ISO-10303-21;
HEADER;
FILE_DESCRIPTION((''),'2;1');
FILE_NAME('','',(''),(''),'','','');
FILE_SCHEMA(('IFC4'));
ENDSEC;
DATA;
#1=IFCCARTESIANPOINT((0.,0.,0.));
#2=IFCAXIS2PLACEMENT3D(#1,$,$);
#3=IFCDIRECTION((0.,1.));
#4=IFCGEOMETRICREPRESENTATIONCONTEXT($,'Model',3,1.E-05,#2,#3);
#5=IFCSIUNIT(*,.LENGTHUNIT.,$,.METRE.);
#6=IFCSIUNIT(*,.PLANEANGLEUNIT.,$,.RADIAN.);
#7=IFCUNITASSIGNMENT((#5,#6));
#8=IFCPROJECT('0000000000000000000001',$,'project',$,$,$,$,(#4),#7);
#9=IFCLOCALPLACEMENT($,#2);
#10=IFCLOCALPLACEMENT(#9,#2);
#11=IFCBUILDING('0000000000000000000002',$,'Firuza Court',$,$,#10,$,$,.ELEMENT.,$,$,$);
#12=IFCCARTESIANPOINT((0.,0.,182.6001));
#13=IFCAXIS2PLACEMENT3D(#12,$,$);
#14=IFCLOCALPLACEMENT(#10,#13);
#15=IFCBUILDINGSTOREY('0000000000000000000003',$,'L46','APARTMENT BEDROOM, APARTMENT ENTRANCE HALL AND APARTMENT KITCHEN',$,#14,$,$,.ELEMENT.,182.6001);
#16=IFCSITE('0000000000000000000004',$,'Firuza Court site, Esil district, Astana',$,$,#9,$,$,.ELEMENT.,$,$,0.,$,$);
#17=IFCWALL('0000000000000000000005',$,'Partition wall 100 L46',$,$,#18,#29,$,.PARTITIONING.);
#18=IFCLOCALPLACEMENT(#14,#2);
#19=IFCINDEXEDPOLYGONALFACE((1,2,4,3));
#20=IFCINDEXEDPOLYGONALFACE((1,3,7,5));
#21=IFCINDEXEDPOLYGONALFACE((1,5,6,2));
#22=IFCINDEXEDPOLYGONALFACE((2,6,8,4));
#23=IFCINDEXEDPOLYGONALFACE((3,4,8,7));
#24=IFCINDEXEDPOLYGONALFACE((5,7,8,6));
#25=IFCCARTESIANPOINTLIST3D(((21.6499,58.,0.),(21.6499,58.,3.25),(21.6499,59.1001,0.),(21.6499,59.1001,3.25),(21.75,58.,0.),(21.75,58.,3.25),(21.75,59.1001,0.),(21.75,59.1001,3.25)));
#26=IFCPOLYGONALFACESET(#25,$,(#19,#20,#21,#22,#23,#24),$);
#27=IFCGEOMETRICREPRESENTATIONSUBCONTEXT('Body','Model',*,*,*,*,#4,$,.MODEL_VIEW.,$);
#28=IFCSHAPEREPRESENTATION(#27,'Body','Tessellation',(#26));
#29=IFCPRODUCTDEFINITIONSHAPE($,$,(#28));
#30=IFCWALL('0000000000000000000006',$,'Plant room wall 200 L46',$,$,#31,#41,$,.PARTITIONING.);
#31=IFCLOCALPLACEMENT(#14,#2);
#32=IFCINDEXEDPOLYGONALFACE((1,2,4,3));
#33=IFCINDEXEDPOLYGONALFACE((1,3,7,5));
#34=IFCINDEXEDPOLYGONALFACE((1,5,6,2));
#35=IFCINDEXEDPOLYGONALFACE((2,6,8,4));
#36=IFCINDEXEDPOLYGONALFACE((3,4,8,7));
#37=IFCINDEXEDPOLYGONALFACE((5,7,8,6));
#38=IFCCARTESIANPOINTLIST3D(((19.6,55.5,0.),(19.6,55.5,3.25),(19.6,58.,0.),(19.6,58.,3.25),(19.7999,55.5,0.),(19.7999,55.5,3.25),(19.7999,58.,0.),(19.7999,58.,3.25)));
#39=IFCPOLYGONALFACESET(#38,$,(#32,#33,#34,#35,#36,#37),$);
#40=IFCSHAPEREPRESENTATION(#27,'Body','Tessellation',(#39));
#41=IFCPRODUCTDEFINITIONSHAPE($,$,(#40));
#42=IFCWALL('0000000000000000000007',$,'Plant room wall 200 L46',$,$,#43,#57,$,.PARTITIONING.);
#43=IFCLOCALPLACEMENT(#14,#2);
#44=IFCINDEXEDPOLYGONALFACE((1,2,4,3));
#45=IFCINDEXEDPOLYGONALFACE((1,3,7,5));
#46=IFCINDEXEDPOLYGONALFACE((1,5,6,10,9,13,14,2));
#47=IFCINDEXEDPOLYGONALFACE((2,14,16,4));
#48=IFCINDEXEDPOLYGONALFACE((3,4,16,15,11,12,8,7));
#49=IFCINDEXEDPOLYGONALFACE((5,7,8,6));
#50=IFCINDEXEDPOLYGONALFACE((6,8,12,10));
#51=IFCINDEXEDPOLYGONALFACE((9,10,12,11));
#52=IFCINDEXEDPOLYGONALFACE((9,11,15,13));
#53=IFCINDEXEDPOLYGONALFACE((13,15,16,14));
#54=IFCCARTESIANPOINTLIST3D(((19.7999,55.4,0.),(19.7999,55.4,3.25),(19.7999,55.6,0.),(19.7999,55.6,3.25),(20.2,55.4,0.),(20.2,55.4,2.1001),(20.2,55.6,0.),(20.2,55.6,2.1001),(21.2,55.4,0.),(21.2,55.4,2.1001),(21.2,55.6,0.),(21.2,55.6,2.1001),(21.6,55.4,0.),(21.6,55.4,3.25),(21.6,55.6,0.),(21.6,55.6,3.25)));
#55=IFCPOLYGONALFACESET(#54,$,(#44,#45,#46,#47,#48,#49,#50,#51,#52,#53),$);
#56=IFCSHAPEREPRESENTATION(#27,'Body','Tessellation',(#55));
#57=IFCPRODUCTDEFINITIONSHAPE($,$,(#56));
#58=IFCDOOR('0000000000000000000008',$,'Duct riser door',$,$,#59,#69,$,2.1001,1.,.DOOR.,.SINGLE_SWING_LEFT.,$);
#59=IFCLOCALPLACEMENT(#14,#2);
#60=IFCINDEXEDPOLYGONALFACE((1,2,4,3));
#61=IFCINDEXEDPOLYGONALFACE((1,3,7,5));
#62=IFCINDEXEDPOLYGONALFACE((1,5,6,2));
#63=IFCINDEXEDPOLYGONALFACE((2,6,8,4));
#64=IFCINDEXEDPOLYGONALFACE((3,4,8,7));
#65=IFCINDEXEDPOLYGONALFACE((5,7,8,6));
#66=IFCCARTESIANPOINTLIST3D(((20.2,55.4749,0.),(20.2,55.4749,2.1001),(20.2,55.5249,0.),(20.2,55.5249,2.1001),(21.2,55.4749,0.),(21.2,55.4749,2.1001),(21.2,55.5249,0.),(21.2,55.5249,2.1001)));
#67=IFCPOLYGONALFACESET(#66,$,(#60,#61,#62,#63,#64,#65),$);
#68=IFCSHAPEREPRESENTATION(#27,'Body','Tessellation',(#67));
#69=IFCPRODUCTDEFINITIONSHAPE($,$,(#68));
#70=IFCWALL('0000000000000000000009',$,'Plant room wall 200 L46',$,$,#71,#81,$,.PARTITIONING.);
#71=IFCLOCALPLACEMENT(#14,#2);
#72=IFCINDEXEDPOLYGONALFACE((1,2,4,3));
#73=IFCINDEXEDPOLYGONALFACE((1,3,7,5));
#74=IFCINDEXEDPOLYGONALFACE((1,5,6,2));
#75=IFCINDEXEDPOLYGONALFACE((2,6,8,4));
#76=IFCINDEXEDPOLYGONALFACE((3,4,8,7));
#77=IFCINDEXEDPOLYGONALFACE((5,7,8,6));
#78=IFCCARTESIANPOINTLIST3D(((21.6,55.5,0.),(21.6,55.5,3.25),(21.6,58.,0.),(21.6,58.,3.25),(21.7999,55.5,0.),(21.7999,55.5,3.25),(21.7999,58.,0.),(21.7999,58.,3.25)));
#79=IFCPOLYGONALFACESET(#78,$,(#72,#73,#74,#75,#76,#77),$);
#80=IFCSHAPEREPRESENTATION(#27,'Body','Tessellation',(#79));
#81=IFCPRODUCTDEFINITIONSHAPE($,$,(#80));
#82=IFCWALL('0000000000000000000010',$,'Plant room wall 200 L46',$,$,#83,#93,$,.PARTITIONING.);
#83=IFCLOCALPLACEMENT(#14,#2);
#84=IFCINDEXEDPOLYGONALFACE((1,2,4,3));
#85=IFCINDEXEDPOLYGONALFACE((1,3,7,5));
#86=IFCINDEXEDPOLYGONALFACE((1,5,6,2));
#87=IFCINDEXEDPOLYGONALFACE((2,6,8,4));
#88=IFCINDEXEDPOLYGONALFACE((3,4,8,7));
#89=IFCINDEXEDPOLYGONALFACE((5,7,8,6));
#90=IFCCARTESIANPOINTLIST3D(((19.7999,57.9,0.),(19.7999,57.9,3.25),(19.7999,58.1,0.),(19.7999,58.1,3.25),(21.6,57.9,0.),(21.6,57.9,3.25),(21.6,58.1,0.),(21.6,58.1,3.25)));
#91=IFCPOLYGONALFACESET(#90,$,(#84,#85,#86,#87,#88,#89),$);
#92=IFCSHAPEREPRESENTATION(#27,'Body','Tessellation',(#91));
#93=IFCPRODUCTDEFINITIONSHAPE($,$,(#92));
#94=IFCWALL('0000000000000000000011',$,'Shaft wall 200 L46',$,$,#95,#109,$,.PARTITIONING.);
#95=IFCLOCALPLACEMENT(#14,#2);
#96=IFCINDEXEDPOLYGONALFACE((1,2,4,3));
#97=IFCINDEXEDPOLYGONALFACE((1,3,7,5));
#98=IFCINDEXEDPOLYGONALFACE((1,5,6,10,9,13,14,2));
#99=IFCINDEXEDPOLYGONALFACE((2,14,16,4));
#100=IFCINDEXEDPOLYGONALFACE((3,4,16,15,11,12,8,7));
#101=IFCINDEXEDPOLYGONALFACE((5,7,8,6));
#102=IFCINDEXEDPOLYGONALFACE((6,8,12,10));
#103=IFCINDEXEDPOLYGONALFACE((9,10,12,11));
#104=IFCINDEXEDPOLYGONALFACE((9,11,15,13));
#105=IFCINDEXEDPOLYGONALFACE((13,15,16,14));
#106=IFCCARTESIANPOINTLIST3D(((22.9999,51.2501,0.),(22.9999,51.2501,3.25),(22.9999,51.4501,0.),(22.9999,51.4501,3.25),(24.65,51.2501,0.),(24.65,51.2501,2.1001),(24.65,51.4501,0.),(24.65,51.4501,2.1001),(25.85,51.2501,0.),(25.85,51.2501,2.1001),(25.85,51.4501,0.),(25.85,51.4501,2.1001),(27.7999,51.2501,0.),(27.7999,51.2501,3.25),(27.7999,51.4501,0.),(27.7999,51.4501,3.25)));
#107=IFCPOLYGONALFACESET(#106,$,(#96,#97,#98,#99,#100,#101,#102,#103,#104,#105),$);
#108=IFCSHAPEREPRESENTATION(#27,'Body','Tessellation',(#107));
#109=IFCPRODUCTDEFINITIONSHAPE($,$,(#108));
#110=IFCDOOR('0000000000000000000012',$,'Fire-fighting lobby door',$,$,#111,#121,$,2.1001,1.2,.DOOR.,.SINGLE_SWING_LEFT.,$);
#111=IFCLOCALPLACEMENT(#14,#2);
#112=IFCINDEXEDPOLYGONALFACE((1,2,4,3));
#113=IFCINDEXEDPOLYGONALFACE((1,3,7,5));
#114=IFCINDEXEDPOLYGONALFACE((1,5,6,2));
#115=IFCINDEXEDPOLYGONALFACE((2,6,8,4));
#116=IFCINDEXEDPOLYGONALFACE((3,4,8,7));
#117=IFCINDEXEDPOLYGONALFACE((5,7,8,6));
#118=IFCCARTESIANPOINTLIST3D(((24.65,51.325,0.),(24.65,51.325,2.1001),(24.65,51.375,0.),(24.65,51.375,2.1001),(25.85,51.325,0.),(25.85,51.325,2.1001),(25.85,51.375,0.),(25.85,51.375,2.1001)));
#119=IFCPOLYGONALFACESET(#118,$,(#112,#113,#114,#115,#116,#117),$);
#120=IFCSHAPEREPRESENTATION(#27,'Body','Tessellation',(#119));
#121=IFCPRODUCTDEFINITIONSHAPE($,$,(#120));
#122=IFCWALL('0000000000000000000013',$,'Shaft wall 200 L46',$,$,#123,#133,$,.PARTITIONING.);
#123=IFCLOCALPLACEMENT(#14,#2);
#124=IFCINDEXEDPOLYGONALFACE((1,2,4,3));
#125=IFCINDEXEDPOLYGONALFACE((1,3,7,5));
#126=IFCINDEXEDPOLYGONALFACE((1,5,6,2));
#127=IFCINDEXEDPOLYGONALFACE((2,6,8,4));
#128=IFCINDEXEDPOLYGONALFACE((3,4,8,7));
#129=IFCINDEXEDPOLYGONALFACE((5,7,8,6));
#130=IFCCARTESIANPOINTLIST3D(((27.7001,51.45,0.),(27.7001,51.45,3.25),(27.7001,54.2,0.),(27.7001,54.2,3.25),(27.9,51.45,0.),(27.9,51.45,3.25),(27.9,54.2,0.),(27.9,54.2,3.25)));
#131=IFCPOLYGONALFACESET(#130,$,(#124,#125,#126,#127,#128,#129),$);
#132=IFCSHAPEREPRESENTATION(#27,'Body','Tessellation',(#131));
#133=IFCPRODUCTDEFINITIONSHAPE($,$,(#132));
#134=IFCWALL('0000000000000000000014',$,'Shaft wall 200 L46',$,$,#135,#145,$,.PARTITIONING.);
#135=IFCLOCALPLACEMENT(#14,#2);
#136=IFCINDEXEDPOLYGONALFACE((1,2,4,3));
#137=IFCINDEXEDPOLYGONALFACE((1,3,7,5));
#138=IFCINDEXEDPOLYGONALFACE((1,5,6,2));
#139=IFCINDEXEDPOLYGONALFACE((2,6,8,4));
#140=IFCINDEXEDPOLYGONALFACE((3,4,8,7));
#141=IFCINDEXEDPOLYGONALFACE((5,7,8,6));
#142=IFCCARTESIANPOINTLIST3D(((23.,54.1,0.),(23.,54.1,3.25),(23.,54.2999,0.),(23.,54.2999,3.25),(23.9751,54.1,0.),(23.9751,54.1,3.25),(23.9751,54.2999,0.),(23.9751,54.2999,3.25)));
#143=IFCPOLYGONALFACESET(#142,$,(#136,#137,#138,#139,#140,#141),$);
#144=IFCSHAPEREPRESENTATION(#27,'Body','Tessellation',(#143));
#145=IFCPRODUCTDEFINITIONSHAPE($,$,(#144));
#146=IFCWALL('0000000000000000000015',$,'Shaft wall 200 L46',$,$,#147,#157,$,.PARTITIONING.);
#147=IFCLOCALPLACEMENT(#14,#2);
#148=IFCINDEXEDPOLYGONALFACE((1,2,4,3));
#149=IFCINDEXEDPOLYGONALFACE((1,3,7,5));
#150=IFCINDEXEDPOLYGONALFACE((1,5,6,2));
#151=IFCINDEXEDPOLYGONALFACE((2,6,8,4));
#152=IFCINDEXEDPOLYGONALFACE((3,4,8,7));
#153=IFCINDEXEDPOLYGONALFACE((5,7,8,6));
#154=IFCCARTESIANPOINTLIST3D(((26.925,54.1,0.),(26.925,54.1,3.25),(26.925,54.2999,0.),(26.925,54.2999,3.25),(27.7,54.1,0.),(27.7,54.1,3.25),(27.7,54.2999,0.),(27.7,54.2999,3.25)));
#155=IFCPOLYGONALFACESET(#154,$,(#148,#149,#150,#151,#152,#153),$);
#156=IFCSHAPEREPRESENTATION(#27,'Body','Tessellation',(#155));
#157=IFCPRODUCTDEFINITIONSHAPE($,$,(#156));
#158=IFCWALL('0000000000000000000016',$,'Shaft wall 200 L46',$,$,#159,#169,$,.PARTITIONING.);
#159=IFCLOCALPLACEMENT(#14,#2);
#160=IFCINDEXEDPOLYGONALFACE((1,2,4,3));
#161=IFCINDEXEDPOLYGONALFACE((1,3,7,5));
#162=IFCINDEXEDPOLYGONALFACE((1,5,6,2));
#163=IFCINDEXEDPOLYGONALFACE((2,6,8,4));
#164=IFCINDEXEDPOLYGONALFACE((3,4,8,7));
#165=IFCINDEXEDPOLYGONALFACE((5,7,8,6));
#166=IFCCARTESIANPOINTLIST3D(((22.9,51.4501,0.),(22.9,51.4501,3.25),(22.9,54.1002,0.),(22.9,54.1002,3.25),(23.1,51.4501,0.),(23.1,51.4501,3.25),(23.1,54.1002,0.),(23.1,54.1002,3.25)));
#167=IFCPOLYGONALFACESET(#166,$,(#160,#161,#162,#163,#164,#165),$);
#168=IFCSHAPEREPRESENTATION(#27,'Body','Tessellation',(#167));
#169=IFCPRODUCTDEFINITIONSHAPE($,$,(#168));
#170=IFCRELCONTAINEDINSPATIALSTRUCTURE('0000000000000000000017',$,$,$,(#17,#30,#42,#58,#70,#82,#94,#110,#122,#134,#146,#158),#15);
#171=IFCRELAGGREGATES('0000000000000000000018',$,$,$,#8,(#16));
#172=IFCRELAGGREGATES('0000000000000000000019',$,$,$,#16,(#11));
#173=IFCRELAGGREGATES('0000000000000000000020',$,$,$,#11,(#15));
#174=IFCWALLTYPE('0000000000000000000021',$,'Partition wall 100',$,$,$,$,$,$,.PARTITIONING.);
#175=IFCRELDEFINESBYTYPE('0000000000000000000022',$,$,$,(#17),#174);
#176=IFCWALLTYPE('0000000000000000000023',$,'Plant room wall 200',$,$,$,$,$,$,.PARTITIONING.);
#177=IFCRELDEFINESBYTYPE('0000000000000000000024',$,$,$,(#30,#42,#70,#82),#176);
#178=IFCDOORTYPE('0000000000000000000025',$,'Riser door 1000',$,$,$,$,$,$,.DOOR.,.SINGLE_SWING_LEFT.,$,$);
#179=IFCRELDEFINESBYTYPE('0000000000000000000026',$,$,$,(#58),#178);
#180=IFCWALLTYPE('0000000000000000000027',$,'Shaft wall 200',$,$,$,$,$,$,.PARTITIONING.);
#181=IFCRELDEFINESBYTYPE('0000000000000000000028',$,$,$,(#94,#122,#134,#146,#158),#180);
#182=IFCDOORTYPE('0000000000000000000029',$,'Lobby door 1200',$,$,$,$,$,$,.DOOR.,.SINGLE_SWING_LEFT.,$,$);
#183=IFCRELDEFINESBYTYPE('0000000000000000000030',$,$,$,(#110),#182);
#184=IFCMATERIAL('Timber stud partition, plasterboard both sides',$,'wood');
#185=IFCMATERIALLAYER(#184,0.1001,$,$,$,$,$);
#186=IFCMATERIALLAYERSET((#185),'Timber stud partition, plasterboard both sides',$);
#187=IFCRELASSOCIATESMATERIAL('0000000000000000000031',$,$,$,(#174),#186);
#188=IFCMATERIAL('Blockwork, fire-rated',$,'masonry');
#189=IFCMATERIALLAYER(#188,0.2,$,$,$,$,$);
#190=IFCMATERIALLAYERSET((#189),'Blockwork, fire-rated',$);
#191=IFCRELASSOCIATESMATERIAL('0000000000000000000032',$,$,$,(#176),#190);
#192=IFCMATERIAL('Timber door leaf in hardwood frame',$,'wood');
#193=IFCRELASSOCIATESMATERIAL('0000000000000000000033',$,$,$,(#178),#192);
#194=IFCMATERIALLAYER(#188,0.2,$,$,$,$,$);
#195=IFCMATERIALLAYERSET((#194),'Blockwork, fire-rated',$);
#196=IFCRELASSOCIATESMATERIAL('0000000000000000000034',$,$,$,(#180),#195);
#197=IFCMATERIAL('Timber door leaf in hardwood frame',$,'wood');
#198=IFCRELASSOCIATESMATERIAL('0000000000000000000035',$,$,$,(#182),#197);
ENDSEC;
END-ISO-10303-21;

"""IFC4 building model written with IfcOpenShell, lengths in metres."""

from ifc_helpers import new_model, si_unit, direction, frame, frame_2d, origin, place, context, subcontext, project, spatial, rectangle, extrude, material, layer, layer_set, type_object, element, fill, save


model = new_model("IFC4")

# Units and contexts
model_context = context("Model", 3, precision=1e-05, world=origin(), true_north=direction((0.0, 1.0)))
body_context = subcontext(model_context, "Body", "Model", "MODEL_VIEW")
ifc_project = project(units=[si_unit("LENGTHUNIT", "METRE"), si_unit("PLANEANGLEUNIT", "RADIAN")], contexts=[model_context])

# Site, building, storey
site_placement = place(None, origin())
site = spatial("IfcSite", under=ifc_project, at=site_placement, Name="Firuza Court site, Esil district, Astana", CompositionType="ELEMENT", RefElevation=0.0)
building_placement = place(site_placement, origin())
building = spatial("IfcBuilding", under=site, at=building_placement, Name="Firuza Court", CompositionType="ELEMENT")
storey_placement = place(building_placement, frame((0.0, 0.0, 182.6001)))
storey = spatial("IfcBuildingStorey", under=building, at=storey_placement, Name="L46", Description="APARTMENT BEDROOM, APARTMENT ENTRANCE HALL AND APARTMENT KITCHEN", CompositionType="ELEMENT", Elevation=182.6001)

# Walls
ifc_material_1 = material(Name="Timber stud partition, plasterboard both sides", Category="wood")
ifc_layer_1 = layer(ifc_material_1, 0.1001)
ifc_layer_set_1 = layer_set([ifc_layer_1], Name="Timber stud partition, plasterboard both sides")
wall_type_1 = type_object("IfcWallType", Name="Partition wall 100", PredefinedType="PARTITIONING", material=ifc_layer_set_1)
for number, where, z_axis, x_axis, name in (
    (1, (21.7, 58.0, 0.0), (0.0, 0.0, 1.0), (0.0, 1.0, 0.0), "Partition wall 100 L46"),
):
    element("IfcWall", number, at=place(storey_placement, frame(where, z_axis=z_axis, x_axis=x_axis)), inside=storey, type_object=wall_type_1, Name=name, PredefinedType="PARTITIONING", context=body_context, shape_type="SweptSolid", body=[
        extrude(rectangle(XDim=1.1001, YDim=0.1001, at=frame_2d((0.55, 0.0))), origin(), (0.0, 0.0, 1.0), 3.25),
    ])
ifc_material_2 = material(Name="Blockwork, fire-rated", Category="masonry")
ifc_layer_2 = layer(ifc_material_2, 0.2)
ifc_layer_set_2 = layer_set([ifc_layer_2], Name="Blockwork, fire-rated")
wall_type_2 = type_object("IfcWallType", Name="Plant room wall 200", PredefinedType="PARTITIONING", material=ifc_layer_set_2)
wall_1_placement = place(storey_placement, frame((19.7, 55.5, 0.0), z_axis=(0.0, 0.0, 1.0), x_axis=(0.0, 1.0, 0.0)))
element("IfcWall", 2, at=wall_1_placement, inside=storey, type_object=wall_type_2, Name="Plant room wall 200 L46", PredefinedType="PARTITIONING", context=body_context, shape_type="SweptSolid", body=[
    extrude(rectangle(XDim=2.5, YDim=0.2, at=frame_2d((1.25, 0.0))), origin(), (0.0, 0.0, 1.0), 3.25),
])

# Wall, opening, door
wall_2_placement = place(storey_placement, frame((19.8, 55.5, 0.0), z_axis=(0.0, 0.0, 1.0), x_axis=(1.0, 0.0, 0.0)))
wall_2 = element("IfcWall", 3, at=wall_2_placement, inside=storey, type_object=wall_type_2, Name="Plant room wall 200 L46", PredefinedType="PARTITIONING", context=body_context, shape_type="SweptSolid", body=[
    extrude(rectangle(XDim=1.8, YDim=0.2, at=frame_2d((0.8999, 0.0))), origin(), (0.0, 0.0, 1.0), 3.25),
])
opening_1_placement = place(wall_2_placement, frame((0.3999, 0.0, 0.0)))
opening_1 = element("IfcOpeningElement", 4, at=opening_1_placement, cuts=wall_2, PredefinedType="OPENING", context=body_context, shape_type="SweptSolid", body=[
    extrude(rectangle(XDim=1.0, YDim=2.1001, at=frame_2d((0.5, 1.05))), frame((0.0, 0.1118, 0.0), z_axis=(0.0, -1.0, 0.0), x_axis=(1.0, 0.0, 0.0)), (0.0, 0.0, 1.0), 0.2239),
])
ifc_material_3 = material(Name="Timber door leaf in hardwood frame", Category="wood")
door_type_1 = type_object("IfcDoorType", Name="Riser door 1000", OperationType="SINGLE_SWING_LEFT", PredefinedType="DOOR", material=ifc_material_3)
door_1_placement = place(opening_1_placement, origin())
door_1 = element("IfcDoor", 5, at=door_1_placement, inside=storey, type_object=door_type_1, Name="Duct riser door", OperationType="SINGLE_SWING_LEFT", OverallHeight=2.1001, OverallWidth=1.0, PredefinedType="DOOR", context=body_context, shape_type="SweptSolid", body=[
    extrude(rectangle(XDim=1.0, YDim=2.1001, at=frame_2d((0.5, 1.05))), frame((0.0, 0.0249, 0.0), z_axis=(0.0, -1.0, 0.0), x_axis=(1.0, 0.0, 0.0)), (0.0, 0.0, 1.0), 0.05),
])
fill(opening_1, door_1)

# Walls
wall_3_placement = place(storey_placement, frame((21.7, 55.5, 0.0), z_axis=(0.0, 0.0, 1.0), x_axis=(0.0, 1.0, 0.0)))
element("IfcWall", 6, at=wall_3_placement, inside=storey, type_object=wall_type_2, Name="Plant room wall 200 L46", PredefinedType="PARTITIONING", context=body_context, shape_type="SweptSolid", body=[
    extrude(rectangle(XDim=2.5, YDim=0.2, at=frame_2d((1.25, 0.0))), origin(), (0.0, 0.0, 1.0), 3.25),
])
wall_4_placement = place(storey_placement, frame((19.8, 58.0, 0.0), z_axis=(0.0, 0.0, 1.0), x_axis=(1.0, 0.0, 0.0)))
element("IfcWall", 7, at=wall_4_placement, inside=storey, type_object=wall_type_2, Name="Plant room wall 200 L46", PredefinedType="PARTITIONING", context=body_context, shape_type="SweptSolid", body=[
    extrude(rectangle(XDim=1.8, YDim=0.2, at=frame_2d((0.8999, 0.0))), origin(), (0.0, 0.0, 1.0), 3.25),
])

# Wall, opening, door
ifc_layer_3 = layer(ifc_material_2, 0.2)
ifc_layer_set_3 = layer_set([ifc_layer_3], Name="Blockwork, fire-rated")
wall_type_3 = type_object("IfcWallType", Name="Shaft wall 200", PredefinedType="PARTITIONING", material=ifc_layer_set_3)
wall_5_placement = place(storey_placement, frame((23.0, 51.3501, 0.0), z_axis=(0.0, 0.0, 1.0), x_axis=(1.0, 0.0, 0.0)))
wall_5 = element("IfcWall", 8, at=wall_5_placement, inside=storey, type_object=wall_type_3, Name="Shaft wall 200 L46", PredefinedType="PARTITIONING", context=body_context, shape_type="SweptSolid", body=[
    extrude(rectangle(XDim=4.8, YDim=0.2, at=frame_2d((2.3999, 0.0))), origin(), (0.0, 0.0, 1.0), 3.25),
])
opening_2_placement = place(wall_5_placement, frame((1.6499, 0.0, 0.0)))
opening_2 = element("IfcOpeningElement", 9, at=opening_2_placement, cuts=wall_5, PredefinedType="OPENING", context=body_context, shape_type="SweptSolid", body=[
    extrude(rectangle(XDim=1.2, YDim=2.1001, at=frame_2d((0.6001, 1.05))), frame((0.0, 0.1118, 0.0), z_axis=(0.0, -1.0, 0.0), x_axis=(1.0, 0.0, 0.0)), (0.0, 0.0, 1.0), 0.2239),
])
ifc_material_4 = material(Name="Timber door leaf in hardwood frame", Category="wood")
door_type_2 = type_object("IfcDoorType", Name="Lobby door 1200", OperationType="SINGLE_SWING_LEFT", PredefinedType="DOOR", material=ifc_material_4)
door_2_placement = place(opening_2_placement, origin())
door_2 = element("IfcDoor", 10, at=door_2_placement, inside=storey, type_object=door_type_2, Name="Fire-fighting lobby door", OperationType="SINGLE_SWING_LEFT", OverallHeight=2.1001, OverallWidth=1.2, PredefinedType="DOOR", context=body_context, shape_type="SweptSolid", body=[
    extrude(rectangle(XDim=1.2, YDim=2.1001, at=frame_2d((0.6001, 1.05))), frame((0.0, 0.0249, 0.0), z_axis=(0.0, -1.0, 0.0), x_axis=(1.0, 0.0, 0.0)), (0.0, 0.0, 1.0), 0.05),
])
fill(opening_2, door_2)

# Walls
wall_6_placement = place(storey_placement, frame((27.8, 51.45, 0.0), z_axis=(0.0, 0.0, 1.0), x_axis=(0.0, 1.0, 0.0)))
element("IfcWall", 11, at=wall_6_placement, inside=storey, type_object=wall_type_3, Name="Shaft wall 200 L46", PredefinedType="PARTITIONING", context=body_context, shape_type="SweptSolid", body=[
    extrude(rectangle(XDim=2.75, YDim=0.2, at=frame_2d((1.375, 0.0))), origin(), (0.0, 0.0, 1.0), 3.25),
])
wall_7_placement = place(storey_placement, frame((23.0, 54.2, 0.0), z_axis=(0.0, 0.0, 1.0), x_axis=(1.0, 0.0, 0.0)))
element("IfcWall", 12, at=wall_7_placement, inside=storey, type_object=wall_type_3, Name="Shaft wall 200 L46", PredefinedType="PARTITIONING", context=body_context, shape_type="SweptSolid", body=[
    extrude(rectangle(XDim=0.9751, YDim=0.2, at=frame_2d((0.4875, 0.0))), origin(), (0.0, 0.0, 1.0), 3.25),
])
wall_8_placement = place(storey_placement, frame((26.925, 54.2, 0.0), z_axis=(0.0, 0.0, 1.0), x_axis=(1.0, 0.0, 0.0)))
element("IfcWall", 13, at=wall_8_placement, inside=storey, type_object=wall_type_3, Name="Shaft wall 200 L46", PredefinedType="PARTITIONING", context=body_context, shape_type="SweptSolid", body=[
    extrude(rectangle(XDim=0.7749, YDim=0.2, at=frame_2d((0.3875, 0.0))), origin(), (0.0, 0.0, 1.0), 3.25),
])
wall_9_placement = place(storey_placement, frame((23.0, 51.45, 0.0), z_axis=(0.0, 0.0, 1.0), x_axis=(0.0, 1.0, 0.0)))
element("IfcWall", 14, at=wall_9_placement, inside=storey, type_object=wall_type_3, Name="Shaft wall 200 L46", PredefinedType="PARTITIONING", context=body_context, shape_type="SweptSolid", body=[
    extrude(rectangle(XDim=2.6501, YDim=0.2, at=frame_2d((1.3252, 0.0))), origin(), (0.0, 0.0, 1.0), 3.25),
])

save(model, "model.ifc")
